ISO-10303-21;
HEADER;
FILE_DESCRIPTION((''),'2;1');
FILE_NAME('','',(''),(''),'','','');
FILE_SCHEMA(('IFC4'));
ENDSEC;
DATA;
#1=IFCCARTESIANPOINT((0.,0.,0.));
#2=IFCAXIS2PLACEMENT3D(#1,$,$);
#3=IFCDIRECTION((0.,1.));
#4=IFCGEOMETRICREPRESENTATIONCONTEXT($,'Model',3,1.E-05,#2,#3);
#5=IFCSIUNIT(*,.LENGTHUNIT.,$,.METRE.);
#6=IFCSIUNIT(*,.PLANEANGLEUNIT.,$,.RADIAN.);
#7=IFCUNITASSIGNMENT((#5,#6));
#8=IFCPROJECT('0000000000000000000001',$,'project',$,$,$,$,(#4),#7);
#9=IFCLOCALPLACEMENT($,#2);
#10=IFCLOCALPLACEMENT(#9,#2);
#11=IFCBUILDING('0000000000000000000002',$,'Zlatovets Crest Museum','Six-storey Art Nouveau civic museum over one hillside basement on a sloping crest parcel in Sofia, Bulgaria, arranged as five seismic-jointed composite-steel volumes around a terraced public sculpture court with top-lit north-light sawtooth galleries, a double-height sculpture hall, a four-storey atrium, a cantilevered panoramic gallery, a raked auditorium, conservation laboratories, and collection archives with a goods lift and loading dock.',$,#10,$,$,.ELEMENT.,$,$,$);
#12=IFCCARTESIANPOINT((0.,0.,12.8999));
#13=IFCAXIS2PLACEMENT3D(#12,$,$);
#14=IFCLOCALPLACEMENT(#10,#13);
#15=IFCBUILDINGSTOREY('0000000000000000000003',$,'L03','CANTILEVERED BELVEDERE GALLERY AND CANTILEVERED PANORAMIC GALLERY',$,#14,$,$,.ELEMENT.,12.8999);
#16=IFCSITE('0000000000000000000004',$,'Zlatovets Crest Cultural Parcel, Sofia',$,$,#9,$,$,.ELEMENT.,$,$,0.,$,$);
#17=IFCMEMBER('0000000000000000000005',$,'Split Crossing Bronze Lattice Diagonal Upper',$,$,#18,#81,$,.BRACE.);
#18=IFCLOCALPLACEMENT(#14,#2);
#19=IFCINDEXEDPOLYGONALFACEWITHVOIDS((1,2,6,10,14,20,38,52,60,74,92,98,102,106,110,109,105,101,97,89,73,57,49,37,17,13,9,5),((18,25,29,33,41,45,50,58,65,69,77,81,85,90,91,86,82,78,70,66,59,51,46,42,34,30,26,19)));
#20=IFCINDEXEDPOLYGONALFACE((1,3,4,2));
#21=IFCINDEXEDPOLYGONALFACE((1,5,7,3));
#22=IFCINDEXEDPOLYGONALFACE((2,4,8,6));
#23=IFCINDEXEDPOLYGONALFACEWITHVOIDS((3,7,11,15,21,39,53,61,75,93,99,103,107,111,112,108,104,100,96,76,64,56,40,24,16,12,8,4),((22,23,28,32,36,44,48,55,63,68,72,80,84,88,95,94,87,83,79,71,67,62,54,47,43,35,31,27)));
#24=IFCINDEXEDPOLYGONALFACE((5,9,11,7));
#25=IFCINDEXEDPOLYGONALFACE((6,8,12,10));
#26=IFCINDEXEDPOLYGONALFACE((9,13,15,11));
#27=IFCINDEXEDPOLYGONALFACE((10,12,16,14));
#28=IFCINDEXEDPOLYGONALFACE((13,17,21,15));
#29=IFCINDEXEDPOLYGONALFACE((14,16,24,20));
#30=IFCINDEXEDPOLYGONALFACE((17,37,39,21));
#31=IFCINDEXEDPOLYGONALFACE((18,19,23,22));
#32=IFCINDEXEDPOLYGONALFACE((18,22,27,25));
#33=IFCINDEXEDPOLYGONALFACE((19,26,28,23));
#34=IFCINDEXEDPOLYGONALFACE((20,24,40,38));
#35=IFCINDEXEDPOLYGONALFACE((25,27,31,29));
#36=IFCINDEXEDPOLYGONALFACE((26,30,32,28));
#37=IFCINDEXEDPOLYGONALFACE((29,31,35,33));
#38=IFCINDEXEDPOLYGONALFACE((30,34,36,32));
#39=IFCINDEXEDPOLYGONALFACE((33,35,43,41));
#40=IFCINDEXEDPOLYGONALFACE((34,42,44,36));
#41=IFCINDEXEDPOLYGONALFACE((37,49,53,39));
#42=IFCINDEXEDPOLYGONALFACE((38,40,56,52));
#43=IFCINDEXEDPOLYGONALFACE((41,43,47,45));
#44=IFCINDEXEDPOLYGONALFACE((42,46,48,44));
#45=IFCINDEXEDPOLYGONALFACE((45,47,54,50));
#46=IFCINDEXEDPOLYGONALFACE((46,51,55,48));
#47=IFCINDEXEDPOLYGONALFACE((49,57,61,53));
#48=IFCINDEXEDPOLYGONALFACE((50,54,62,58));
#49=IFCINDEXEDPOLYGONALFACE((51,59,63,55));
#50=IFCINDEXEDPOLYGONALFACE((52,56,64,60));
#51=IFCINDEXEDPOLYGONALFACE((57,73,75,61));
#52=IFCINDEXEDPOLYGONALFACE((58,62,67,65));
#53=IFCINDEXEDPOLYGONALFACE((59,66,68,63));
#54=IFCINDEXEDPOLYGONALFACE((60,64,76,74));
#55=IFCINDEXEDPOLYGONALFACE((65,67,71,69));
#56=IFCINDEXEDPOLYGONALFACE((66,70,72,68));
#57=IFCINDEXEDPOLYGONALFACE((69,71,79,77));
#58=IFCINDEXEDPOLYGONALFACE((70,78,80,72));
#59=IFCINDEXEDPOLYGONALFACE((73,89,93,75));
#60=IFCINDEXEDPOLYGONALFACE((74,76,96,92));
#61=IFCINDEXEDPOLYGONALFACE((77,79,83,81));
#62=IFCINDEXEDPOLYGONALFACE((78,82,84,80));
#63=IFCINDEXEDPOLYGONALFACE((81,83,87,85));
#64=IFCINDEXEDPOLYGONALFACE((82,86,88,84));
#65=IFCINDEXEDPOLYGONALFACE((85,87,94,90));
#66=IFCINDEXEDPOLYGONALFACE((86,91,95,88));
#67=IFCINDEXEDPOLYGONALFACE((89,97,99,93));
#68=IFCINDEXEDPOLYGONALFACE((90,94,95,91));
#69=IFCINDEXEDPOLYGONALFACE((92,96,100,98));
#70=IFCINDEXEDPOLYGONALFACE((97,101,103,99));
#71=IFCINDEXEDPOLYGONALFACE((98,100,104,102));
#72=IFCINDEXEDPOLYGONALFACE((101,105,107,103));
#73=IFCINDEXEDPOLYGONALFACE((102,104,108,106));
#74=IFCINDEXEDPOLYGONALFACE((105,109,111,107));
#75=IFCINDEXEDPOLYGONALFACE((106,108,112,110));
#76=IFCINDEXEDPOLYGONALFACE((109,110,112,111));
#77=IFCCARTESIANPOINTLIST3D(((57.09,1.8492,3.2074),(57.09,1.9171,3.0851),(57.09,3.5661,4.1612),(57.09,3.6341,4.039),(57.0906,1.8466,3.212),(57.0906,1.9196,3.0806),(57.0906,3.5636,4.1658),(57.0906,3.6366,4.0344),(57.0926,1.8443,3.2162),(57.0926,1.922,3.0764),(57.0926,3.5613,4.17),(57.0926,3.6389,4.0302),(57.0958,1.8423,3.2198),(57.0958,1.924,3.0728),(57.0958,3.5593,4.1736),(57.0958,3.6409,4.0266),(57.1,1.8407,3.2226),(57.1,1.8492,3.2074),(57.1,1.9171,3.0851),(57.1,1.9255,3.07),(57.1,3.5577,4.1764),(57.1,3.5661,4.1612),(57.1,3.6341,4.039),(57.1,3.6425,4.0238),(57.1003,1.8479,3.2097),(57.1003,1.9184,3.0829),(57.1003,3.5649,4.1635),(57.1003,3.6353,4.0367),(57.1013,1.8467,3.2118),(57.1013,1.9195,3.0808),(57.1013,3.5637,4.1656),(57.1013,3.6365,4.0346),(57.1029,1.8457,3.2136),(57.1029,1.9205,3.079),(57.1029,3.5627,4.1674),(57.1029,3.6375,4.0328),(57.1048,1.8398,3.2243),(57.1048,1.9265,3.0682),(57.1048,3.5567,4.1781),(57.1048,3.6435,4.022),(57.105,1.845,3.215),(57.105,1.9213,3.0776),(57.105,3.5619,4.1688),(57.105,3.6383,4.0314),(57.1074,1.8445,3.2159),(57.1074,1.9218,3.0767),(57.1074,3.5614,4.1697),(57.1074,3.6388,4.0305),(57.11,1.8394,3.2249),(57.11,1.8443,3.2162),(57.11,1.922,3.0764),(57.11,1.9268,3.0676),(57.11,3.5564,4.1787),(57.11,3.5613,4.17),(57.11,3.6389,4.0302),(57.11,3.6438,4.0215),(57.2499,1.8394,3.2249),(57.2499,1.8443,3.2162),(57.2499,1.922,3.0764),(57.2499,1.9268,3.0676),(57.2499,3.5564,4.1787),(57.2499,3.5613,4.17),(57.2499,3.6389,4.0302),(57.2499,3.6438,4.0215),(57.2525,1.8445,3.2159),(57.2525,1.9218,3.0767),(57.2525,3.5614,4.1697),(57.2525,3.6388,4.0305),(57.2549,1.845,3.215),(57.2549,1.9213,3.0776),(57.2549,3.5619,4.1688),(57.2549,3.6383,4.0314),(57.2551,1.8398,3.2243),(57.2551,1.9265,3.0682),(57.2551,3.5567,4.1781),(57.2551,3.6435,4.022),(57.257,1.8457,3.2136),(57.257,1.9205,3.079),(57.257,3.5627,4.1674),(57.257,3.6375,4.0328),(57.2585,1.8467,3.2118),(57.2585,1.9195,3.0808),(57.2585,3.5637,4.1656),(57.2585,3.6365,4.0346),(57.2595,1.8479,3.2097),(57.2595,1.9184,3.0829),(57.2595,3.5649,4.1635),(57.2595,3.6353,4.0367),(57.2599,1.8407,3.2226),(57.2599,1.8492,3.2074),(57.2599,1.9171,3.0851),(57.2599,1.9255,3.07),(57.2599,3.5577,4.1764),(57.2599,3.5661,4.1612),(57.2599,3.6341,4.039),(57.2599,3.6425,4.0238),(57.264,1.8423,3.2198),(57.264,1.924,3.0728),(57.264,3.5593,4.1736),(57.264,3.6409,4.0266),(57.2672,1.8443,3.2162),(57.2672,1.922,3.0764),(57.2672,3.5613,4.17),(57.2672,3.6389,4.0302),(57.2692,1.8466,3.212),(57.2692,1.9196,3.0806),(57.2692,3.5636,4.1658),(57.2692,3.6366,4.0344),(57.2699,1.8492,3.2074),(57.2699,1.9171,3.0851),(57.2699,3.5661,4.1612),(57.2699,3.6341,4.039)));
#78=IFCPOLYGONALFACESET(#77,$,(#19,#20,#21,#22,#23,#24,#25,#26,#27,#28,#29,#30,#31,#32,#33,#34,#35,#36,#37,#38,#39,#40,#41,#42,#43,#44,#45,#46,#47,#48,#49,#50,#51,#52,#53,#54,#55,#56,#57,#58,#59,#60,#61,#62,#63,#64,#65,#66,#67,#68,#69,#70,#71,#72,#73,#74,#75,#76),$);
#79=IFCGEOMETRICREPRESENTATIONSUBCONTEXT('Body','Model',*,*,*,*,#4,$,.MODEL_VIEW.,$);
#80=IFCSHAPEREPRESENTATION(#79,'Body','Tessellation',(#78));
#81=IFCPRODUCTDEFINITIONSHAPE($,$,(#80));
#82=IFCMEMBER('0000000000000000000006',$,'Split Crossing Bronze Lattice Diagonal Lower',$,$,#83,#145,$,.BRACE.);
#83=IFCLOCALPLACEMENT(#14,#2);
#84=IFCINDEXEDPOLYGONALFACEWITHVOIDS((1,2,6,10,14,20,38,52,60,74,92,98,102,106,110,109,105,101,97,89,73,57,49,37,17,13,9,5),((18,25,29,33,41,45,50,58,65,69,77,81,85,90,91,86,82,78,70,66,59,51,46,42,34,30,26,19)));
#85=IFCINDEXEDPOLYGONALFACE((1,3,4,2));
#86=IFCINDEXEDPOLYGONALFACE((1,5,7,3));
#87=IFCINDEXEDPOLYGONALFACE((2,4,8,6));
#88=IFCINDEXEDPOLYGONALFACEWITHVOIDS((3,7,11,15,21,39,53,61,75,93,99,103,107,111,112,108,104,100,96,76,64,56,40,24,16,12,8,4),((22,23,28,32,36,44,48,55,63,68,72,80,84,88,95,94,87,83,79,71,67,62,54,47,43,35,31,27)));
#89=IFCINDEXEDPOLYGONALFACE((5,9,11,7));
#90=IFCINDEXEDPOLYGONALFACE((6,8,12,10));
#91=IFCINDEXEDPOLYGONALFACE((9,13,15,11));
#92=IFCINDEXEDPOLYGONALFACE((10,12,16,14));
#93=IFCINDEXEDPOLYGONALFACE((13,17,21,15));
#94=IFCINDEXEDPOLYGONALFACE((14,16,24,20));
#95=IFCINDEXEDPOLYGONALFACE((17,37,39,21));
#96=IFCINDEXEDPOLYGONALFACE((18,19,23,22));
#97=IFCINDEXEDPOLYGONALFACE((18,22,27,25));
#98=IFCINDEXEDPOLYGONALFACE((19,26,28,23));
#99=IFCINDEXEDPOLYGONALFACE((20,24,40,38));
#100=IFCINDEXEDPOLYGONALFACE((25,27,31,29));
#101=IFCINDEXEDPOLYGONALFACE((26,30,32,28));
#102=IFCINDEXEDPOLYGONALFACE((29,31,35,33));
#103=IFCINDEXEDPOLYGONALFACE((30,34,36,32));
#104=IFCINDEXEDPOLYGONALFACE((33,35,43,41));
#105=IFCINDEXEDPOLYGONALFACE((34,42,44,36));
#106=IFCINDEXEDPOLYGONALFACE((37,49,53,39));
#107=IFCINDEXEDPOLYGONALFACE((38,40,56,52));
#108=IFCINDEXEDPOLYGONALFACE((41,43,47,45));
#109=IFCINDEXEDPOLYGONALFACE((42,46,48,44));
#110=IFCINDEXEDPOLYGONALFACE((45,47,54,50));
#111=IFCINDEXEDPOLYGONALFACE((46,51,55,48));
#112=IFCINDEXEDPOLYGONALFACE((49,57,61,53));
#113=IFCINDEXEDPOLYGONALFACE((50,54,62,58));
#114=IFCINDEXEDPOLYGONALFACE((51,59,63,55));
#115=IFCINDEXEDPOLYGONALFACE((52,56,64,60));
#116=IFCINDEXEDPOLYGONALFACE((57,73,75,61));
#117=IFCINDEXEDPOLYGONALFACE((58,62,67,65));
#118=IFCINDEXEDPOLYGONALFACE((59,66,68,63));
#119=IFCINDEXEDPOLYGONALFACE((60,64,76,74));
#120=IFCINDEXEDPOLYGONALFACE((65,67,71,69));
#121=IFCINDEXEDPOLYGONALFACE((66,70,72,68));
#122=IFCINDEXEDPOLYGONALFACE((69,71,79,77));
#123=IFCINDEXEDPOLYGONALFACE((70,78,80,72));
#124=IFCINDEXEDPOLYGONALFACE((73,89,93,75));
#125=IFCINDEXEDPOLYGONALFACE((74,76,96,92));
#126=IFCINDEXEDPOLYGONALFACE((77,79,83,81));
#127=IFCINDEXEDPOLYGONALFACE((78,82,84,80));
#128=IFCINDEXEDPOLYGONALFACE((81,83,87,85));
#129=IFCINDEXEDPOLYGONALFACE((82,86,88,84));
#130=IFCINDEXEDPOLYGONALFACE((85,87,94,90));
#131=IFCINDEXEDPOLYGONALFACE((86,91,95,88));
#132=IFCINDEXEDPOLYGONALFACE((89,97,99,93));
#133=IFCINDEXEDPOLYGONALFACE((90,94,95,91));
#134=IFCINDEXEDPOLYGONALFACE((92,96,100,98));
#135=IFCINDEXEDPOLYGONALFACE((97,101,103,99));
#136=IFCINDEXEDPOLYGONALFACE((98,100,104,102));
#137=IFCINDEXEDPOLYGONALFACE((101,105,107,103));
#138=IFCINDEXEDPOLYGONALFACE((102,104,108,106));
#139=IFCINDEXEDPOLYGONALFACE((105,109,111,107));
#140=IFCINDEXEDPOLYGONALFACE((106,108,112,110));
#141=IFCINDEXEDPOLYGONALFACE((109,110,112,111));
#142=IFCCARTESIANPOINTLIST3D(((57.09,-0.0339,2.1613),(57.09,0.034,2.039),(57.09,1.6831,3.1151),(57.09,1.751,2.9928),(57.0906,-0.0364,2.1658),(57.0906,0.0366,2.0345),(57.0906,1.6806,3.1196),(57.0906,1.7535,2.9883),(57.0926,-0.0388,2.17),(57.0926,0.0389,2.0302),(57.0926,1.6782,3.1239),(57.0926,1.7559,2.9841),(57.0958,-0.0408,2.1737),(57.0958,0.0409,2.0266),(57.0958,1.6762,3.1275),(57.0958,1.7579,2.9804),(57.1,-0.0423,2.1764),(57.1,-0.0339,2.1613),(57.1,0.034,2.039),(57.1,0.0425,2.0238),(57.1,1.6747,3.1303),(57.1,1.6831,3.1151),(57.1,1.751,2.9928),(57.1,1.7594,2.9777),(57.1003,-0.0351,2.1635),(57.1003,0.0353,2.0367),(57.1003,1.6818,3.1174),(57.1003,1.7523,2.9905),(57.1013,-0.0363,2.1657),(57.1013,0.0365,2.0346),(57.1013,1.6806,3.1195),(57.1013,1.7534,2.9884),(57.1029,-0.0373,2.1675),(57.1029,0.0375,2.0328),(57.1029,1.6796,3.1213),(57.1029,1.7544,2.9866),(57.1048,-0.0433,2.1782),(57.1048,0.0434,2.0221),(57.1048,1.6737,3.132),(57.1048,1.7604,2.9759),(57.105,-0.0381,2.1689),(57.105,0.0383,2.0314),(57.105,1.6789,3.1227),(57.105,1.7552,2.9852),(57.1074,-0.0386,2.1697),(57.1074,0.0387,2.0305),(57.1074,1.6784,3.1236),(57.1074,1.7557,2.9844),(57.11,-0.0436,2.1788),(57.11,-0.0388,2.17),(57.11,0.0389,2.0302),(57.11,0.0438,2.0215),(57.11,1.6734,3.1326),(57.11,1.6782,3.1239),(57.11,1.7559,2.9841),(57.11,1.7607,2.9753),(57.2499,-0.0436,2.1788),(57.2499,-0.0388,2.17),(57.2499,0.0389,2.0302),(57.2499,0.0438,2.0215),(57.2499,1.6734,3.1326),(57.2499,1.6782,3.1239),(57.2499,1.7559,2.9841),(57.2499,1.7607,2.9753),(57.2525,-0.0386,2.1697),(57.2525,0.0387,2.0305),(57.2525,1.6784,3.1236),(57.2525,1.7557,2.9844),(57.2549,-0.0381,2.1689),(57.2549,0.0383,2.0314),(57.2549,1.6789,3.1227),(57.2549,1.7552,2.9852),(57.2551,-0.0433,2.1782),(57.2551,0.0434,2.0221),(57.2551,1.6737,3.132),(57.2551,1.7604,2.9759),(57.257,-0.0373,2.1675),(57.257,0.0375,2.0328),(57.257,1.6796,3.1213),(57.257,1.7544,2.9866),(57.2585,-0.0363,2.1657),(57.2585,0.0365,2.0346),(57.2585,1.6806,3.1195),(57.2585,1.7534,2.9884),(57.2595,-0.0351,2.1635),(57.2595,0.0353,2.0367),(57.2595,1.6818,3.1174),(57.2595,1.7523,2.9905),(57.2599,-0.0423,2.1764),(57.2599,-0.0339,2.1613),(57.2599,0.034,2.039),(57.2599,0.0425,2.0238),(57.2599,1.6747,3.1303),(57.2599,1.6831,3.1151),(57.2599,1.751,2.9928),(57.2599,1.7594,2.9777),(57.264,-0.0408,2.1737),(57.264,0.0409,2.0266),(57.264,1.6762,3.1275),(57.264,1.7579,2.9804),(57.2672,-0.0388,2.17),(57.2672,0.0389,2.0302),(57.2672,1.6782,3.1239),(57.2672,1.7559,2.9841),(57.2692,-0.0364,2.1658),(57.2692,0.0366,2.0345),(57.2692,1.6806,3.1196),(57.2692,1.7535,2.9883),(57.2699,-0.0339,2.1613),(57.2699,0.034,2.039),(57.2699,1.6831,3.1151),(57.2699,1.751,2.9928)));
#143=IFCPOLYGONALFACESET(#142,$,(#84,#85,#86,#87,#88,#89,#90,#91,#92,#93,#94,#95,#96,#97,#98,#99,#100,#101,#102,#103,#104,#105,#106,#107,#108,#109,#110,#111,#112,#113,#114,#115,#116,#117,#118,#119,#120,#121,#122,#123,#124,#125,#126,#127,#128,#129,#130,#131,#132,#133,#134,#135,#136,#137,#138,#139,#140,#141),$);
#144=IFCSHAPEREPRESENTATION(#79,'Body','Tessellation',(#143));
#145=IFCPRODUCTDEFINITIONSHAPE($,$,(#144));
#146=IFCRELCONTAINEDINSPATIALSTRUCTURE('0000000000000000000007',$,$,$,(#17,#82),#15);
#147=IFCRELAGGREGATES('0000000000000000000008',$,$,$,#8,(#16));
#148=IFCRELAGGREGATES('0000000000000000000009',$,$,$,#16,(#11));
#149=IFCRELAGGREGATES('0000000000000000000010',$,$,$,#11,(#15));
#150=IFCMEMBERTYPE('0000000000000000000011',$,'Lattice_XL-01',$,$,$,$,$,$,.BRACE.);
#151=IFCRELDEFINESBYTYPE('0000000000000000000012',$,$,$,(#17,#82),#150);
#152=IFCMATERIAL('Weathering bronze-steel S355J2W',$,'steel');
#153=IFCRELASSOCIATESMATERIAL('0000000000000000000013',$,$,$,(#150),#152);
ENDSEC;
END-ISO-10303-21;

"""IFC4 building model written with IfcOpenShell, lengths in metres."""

from ifc_helpers import new_model, si_unit, direction, frame, origin, origin_2d, place, context, subcontext, project, spatial, hollow_rectangle, extrude, material, material_profile, profile_set, type_object, element, save


model = new_model("IFC4")

# Units and contexts
model_context = context("Model", 3, precision=1e-05, world=origin(), true_north=direction((0.0, 1.0)))
body_context = subcontext(model_context, "Body", "Model", "MODEL_VIEW")
ifc_project = project(units=[si_unit("LENGTHUNIT", "METRE"), si_unit("PLANEANGLEUNIT", "RADIAN")], contexts=[model_context])

# Site, building, storey
site_placement = place(None, origin())
site = spatial("IfcSite", under=ifc_project, at=site_placement, Name="Zlatovets Crest Cultural Parcel, Sofia", CompositionType="ELEMENT", RefElevation=0.0)
building_placement = place(site_placement, origin())
building = spatial("IfcBuilding", under=site, at=building_placement, Name="Zlatovets Crest Museum", Description="Six-storey Art Nouveau civic museum over one hillside basement on a sloping crest parcel in Sofia, Bulgaria, arranged as five seismic-jointed composite-steel volumes around a terraced public sculpture court with top-lit north-light sawtooth galleries, a double-height sculpture hall, a four-storey atrium, a cantilevered panoramic gallery, a raked auditorium, conservation laboratories, and collection archives with a goods lift and loading dock.", CompositionType="ELEMENT")
storey_placement = place(building_placement, frame((0.0, 0.0, 12.8999)))
storey = spatial("IfcBuildingStorey", under=building, at=storey_placement, Name="L03", Description="CANTILEVERED BELVEDERE GALLERY AND CANTILEVERED PANORAMIC GALLERY", CompositionType="ELEMENT", Elevation=12.8999)

# Members
ifc_material_1 = material(Name="Weathering bronze-steel S355J2W", Category="steel")
ifc_material_profile_1 = material_profile(ifc_material_1, hollow_rectangle(XDim=0.1799, YDim=0.1799, WallThickness=0.01, InnerFilletRadius=0.01, OuterFilletRadius=0.02, at=origin_2d()), Name="SHS 180x180x10.0")
ifc_profile_set_1 = profile_set([ifc_material_profile_1], Name="Weathering bronze-steel S355J2W")
member_type_1 = type_object("IfcMemberType", Name="Lattice_XL-01", PredefinedType="BRACE", material=ifc_profile_set_1)
for number, where, z_axis, x_axis, name in (
    (1, (57.1799, 3.6001, 4.1001), (0.0, -0.874169, -0.485622), (1.0, 0.0, 0.0), "Split Crossing Bronze Lattice Diagonal Upper"),
    (2, (57.1799, 1.717, 3.054), (0.0, -0.874169, -0.485622), (1.0, 0.0, 0.0), "Split Crossing Bronze Lattice Diagonal Lower"),
):
    element("IfcMember", number, at=place(storey_placement, frame(where, z_axis=z_axis, x_axis=x_axis)), inside=storey, type_object=member_type_1, Name=name, PredefinedType="BRACE", context=body_context, shape_type="SweptSolid", body=[
        extrude(hollow_rectangle(XDim=0.1799, YDim=0.1799, WallThickness=0.01, InnerFilletRadius=0.01, OuterFilletRadius=0.02, at=origin_2d()), origin(), (0.0, 0.0, 1.0), 1.9641),
    ])

save(model, "model.ifc")
